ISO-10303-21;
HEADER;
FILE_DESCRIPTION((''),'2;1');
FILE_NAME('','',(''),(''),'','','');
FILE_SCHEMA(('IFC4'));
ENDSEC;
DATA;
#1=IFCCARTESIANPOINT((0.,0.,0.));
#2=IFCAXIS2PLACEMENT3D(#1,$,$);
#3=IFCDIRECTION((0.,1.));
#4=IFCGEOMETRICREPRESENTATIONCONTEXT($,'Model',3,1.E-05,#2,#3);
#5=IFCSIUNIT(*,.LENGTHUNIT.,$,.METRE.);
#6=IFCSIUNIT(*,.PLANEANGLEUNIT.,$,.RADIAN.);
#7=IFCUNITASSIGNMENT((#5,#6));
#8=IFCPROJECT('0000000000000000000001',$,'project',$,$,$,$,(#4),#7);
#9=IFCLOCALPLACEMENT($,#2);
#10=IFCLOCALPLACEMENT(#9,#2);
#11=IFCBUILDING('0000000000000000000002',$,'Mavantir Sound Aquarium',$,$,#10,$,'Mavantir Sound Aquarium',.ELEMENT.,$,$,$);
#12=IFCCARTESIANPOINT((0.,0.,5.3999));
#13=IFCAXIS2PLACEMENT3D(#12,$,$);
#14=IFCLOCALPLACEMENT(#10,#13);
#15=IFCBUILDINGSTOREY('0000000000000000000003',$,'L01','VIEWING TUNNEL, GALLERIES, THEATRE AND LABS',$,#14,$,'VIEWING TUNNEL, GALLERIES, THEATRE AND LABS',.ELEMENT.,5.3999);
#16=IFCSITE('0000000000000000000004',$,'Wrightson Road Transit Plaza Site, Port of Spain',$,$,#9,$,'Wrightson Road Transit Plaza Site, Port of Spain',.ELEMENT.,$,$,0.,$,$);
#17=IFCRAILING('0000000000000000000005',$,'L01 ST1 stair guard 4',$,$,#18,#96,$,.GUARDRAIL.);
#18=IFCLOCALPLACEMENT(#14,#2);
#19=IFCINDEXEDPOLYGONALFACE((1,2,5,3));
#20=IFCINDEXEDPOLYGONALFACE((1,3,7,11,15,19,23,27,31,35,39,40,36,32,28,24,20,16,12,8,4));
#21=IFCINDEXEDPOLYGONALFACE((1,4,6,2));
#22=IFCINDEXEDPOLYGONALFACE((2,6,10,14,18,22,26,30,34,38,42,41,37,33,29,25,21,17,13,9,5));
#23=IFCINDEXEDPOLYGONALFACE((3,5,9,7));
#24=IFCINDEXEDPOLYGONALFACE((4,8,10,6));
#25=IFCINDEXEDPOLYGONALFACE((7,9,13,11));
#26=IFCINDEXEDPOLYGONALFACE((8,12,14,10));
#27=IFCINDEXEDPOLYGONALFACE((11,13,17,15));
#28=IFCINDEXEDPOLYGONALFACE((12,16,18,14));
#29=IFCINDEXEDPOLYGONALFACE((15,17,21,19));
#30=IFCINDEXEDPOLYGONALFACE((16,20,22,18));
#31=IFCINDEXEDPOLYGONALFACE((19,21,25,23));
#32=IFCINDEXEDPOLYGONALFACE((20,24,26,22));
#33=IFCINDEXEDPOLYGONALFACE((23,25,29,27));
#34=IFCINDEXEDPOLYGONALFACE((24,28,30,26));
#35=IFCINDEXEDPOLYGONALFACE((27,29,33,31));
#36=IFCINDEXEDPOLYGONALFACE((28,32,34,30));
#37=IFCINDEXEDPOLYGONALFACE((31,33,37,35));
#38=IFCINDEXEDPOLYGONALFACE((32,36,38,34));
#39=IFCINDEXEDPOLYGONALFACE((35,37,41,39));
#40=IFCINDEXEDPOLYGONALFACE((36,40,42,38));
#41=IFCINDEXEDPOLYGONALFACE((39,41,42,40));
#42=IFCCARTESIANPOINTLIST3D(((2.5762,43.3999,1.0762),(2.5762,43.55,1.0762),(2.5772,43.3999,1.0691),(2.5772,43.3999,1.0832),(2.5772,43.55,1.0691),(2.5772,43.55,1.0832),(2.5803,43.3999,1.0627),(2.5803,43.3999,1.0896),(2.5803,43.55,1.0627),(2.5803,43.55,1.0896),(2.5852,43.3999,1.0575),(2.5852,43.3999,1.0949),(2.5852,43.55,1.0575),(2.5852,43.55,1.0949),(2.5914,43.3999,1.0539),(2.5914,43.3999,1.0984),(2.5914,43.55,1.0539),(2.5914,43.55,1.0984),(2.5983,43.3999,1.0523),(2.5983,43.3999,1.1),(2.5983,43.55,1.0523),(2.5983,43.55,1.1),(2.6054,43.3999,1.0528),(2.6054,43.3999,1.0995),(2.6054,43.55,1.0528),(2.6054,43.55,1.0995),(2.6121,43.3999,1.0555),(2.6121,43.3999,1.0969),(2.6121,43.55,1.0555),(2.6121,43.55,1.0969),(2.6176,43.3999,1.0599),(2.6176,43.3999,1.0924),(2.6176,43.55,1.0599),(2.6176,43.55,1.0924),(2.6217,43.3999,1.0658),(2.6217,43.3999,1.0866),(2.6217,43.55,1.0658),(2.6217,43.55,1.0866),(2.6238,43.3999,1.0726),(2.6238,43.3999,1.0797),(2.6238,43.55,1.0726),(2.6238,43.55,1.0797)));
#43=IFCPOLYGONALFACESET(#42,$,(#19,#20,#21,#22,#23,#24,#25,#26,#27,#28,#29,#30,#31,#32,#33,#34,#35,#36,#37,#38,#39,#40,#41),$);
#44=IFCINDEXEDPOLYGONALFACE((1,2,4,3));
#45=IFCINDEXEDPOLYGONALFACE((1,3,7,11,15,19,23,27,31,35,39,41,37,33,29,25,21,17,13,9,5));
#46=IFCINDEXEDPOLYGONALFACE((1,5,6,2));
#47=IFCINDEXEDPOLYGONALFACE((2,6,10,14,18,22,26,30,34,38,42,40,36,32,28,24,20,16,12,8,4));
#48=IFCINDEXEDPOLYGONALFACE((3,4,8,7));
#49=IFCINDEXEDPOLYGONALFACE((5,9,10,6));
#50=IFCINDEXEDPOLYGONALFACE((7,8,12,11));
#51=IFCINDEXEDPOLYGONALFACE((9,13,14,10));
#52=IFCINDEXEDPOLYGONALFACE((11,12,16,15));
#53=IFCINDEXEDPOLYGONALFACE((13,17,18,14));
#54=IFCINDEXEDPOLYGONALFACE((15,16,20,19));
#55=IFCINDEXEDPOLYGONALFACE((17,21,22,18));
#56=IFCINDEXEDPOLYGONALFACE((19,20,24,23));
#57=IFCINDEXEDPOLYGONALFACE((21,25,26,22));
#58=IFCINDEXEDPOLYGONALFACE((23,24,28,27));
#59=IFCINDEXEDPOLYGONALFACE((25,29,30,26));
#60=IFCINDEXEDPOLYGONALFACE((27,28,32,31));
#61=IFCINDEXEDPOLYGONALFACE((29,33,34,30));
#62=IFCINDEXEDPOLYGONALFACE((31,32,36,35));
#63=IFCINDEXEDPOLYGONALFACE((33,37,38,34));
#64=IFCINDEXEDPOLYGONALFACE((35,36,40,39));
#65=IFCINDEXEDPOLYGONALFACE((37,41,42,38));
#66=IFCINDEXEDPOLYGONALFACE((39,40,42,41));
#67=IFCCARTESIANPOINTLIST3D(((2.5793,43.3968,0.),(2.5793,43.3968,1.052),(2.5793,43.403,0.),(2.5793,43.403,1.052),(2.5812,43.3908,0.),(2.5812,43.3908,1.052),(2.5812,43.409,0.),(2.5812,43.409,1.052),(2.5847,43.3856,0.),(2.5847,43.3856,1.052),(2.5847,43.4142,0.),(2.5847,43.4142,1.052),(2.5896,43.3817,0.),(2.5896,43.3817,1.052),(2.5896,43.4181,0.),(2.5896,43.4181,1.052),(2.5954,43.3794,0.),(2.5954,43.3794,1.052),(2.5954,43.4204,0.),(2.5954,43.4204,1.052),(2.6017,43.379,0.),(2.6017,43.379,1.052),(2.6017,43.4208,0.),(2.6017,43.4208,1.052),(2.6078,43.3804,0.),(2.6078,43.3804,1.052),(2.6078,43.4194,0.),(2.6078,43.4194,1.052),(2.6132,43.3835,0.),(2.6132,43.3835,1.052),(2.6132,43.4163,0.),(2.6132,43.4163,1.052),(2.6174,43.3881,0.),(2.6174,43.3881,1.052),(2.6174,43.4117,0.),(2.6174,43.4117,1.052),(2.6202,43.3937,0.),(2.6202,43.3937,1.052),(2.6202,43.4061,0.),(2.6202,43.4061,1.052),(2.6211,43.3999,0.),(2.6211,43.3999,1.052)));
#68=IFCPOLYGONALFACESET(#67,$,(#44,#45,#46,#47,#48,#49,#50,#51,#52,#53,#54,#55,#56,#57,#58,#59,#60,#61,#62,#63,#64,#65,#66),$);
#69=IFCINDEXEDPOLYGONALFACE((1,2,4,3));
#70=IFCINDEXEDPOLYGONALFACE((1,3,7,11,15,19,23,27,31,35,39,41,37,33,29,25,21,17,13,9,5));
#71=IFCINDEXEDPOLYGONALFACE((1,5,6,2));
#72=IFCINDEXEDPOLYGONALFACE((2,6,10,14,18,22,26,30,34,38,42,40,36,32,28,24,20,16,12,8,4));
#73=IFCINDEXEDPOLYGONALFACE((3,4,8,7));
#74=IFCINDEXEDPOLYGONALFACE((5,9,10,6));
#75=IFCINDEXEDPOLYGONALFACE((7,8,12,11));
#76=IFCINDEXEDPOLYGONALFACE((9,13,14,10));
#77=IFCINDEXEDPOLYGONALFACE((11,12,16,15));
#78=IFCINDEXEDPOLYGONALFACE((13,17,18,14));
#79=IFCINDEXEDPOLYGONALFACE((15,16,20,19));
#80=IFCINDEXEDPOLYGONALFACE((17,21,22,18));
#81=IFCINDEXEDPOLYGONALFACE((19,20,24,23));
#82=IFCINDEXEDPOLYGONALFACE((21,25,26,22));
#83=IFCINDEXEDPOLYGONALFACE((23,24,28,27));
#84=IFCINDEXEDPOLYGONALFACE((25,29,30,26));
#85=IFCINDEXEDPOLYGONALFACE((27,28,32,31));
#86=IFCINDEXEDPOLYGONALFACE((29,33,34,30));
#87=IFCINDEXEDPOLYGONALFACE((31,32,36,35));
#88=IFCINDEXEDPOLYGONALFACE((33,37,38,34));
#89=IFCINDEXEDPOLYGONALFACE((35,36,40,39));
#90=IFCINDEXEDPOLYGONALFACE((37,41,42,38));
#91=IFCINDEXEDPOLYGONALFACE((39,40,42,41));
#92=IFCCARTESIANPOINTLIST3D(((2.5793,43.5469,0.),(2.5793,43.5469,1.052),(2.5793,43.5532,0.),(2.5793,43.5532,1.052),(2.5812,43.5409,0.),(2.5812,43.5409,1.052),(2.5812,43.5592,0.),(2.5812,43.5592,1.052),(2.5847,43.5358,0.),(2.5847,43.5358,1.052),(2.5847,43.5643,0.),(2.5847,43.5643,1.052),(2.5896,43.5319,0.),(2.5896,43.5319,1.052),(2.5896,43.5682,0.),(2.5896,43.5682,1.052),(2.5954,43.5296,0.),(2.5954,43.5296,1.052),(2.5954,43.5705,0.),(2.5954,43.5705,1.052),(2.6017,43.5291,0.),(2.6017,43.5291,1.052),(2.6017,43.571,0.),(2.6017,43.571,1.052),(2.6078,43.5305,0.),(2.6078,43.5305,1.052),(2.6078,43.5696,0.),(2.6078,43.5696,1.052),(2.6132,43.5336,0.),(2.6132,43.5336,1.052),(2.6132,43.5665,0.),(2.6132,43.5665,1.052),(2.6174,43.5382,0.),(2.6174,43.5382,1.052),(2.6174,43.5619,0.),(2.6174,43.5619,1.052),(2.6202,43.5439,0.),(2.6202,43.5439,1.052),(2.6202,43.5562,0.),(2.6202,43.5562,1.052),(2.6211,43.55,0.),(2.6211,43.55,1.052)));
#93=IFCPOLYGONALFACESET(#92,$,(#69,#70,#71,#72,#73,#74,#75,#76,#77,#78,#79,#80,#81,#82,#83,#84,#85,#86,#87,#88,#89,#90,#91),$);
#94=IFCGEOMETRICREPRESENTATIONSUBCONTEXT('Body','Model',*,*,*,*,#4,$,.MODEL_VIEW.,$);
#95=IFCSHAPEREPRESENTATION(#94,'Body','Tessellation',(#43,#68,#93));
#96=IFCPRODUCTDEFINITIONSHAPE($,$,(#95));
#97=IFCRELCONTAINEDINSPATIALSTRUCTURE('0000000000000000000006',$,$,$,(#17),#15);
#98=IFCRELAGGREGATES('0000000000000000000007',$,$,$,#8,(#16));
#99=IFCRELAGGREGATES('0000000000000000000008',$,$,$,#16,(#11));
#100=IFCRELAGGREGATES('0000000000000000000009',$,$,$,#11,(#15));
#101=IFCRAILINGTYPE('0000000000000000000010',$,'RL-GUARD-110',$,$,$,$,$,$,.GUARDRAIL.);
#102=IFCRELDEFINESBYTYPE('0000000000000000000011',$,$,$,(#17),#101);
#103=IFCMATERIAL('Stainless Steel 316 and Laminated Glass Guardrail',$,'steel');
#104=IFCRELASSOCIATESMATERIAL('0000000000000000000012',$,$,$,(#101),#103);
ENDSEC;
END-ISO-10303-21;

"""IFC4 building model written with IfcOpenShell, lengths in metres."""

from ifc_helpers import new_model, si_unit, direction, frame, origin, origin_2d, place, context, subcontext, project, spatial, circle, extrude, material, type_object, element, save


model = new_model("IFC4")

# Units and contexts
model_context = context("Model", 3, precision=1e-05, world=origin(), true_north=direction((0.0, 1.0)))
body_context = subcontext(model_context, "Body", "Model", "MODEL_VIEW")
ifc_project = project(units=[si_unit("LENGTHUNIT", "METRE"), si_unit("PLANEANGLEUNIT", "RADIAN")], contexts=[model_context])

# Site, building, storey
site_placement = place(None, origin())
site = spatial("IfcSite", under=ifc_project, at=site_placement, Name="Wrightson Road Transit Plaza Site, Port of Spain", LongName="Wrightson Road Transit Plaza Site, Port of Spain", CompositionType="ELEMENT", RefElevation=0.0)
building_placement = place(site_placement, origin())
building = spatial("IfcBuilding", under=site, at=building_placement, Name="Mavantir Sound Aquarium", LongName="Mavantir Sound Aquarium", CompositionType="ELEMENT")
storey_placement = place(building_placement, frame((0.0, 0.0, 5.3999)))
storey = spatial("IfcBuildingStorey", under=building, at=storey_placement, Name="L01", Description="VIEWING TUNNEL, GALLERIES, THEATRE AND LABS", LongName="VIEWING TUNNEL, GALLERIES, THEATRE AND LABS", CompositionType="ELEMENT", Elevation=5.3999)

# Railing
ifc_material_1 = material(Name="Stainless Steel 316 and Laminated Glass Guardrail", Category="steel")
railing_type_1 = type_object("IfcRailingType", Name="RL-GUARD-110", PredefinedType="GUARDRAIL", material=ifc_material_1)
railing_1_placement = place(storey_placement, frame((2.6001, 43.3999, 0.0)))
element("IfcRailing", 1, at=railing_1_placement, inside=storey, type_object=railing_type_1, Name="L01 ST1 stair guard 4", PredefinedType="GUARDRAIL", context=body_context, shape_type="SweptSolid", body=[
    extrude(circle(Radius=0.0239, at=origin_2d()), frame((0.0, 0.0, 1.0762), z_axis=(0.0, 1.0, 0.0), x_axis=(-1.0, 0.0, 0.0)), (0.0, 0.0, 1.0), 0.1501),
    extrude(circle(Radius=0.021, at=origin_2d()), origin(), (0.0, 0.0, 1.0), 1.052),
    extrude(circle(Radius=0.021, at=origin_2d()), frame((0.0, 0.1501, 0.0)), (0.0, 0.0, 1.0), 1.052),
])

save(model, "model.ifc")
